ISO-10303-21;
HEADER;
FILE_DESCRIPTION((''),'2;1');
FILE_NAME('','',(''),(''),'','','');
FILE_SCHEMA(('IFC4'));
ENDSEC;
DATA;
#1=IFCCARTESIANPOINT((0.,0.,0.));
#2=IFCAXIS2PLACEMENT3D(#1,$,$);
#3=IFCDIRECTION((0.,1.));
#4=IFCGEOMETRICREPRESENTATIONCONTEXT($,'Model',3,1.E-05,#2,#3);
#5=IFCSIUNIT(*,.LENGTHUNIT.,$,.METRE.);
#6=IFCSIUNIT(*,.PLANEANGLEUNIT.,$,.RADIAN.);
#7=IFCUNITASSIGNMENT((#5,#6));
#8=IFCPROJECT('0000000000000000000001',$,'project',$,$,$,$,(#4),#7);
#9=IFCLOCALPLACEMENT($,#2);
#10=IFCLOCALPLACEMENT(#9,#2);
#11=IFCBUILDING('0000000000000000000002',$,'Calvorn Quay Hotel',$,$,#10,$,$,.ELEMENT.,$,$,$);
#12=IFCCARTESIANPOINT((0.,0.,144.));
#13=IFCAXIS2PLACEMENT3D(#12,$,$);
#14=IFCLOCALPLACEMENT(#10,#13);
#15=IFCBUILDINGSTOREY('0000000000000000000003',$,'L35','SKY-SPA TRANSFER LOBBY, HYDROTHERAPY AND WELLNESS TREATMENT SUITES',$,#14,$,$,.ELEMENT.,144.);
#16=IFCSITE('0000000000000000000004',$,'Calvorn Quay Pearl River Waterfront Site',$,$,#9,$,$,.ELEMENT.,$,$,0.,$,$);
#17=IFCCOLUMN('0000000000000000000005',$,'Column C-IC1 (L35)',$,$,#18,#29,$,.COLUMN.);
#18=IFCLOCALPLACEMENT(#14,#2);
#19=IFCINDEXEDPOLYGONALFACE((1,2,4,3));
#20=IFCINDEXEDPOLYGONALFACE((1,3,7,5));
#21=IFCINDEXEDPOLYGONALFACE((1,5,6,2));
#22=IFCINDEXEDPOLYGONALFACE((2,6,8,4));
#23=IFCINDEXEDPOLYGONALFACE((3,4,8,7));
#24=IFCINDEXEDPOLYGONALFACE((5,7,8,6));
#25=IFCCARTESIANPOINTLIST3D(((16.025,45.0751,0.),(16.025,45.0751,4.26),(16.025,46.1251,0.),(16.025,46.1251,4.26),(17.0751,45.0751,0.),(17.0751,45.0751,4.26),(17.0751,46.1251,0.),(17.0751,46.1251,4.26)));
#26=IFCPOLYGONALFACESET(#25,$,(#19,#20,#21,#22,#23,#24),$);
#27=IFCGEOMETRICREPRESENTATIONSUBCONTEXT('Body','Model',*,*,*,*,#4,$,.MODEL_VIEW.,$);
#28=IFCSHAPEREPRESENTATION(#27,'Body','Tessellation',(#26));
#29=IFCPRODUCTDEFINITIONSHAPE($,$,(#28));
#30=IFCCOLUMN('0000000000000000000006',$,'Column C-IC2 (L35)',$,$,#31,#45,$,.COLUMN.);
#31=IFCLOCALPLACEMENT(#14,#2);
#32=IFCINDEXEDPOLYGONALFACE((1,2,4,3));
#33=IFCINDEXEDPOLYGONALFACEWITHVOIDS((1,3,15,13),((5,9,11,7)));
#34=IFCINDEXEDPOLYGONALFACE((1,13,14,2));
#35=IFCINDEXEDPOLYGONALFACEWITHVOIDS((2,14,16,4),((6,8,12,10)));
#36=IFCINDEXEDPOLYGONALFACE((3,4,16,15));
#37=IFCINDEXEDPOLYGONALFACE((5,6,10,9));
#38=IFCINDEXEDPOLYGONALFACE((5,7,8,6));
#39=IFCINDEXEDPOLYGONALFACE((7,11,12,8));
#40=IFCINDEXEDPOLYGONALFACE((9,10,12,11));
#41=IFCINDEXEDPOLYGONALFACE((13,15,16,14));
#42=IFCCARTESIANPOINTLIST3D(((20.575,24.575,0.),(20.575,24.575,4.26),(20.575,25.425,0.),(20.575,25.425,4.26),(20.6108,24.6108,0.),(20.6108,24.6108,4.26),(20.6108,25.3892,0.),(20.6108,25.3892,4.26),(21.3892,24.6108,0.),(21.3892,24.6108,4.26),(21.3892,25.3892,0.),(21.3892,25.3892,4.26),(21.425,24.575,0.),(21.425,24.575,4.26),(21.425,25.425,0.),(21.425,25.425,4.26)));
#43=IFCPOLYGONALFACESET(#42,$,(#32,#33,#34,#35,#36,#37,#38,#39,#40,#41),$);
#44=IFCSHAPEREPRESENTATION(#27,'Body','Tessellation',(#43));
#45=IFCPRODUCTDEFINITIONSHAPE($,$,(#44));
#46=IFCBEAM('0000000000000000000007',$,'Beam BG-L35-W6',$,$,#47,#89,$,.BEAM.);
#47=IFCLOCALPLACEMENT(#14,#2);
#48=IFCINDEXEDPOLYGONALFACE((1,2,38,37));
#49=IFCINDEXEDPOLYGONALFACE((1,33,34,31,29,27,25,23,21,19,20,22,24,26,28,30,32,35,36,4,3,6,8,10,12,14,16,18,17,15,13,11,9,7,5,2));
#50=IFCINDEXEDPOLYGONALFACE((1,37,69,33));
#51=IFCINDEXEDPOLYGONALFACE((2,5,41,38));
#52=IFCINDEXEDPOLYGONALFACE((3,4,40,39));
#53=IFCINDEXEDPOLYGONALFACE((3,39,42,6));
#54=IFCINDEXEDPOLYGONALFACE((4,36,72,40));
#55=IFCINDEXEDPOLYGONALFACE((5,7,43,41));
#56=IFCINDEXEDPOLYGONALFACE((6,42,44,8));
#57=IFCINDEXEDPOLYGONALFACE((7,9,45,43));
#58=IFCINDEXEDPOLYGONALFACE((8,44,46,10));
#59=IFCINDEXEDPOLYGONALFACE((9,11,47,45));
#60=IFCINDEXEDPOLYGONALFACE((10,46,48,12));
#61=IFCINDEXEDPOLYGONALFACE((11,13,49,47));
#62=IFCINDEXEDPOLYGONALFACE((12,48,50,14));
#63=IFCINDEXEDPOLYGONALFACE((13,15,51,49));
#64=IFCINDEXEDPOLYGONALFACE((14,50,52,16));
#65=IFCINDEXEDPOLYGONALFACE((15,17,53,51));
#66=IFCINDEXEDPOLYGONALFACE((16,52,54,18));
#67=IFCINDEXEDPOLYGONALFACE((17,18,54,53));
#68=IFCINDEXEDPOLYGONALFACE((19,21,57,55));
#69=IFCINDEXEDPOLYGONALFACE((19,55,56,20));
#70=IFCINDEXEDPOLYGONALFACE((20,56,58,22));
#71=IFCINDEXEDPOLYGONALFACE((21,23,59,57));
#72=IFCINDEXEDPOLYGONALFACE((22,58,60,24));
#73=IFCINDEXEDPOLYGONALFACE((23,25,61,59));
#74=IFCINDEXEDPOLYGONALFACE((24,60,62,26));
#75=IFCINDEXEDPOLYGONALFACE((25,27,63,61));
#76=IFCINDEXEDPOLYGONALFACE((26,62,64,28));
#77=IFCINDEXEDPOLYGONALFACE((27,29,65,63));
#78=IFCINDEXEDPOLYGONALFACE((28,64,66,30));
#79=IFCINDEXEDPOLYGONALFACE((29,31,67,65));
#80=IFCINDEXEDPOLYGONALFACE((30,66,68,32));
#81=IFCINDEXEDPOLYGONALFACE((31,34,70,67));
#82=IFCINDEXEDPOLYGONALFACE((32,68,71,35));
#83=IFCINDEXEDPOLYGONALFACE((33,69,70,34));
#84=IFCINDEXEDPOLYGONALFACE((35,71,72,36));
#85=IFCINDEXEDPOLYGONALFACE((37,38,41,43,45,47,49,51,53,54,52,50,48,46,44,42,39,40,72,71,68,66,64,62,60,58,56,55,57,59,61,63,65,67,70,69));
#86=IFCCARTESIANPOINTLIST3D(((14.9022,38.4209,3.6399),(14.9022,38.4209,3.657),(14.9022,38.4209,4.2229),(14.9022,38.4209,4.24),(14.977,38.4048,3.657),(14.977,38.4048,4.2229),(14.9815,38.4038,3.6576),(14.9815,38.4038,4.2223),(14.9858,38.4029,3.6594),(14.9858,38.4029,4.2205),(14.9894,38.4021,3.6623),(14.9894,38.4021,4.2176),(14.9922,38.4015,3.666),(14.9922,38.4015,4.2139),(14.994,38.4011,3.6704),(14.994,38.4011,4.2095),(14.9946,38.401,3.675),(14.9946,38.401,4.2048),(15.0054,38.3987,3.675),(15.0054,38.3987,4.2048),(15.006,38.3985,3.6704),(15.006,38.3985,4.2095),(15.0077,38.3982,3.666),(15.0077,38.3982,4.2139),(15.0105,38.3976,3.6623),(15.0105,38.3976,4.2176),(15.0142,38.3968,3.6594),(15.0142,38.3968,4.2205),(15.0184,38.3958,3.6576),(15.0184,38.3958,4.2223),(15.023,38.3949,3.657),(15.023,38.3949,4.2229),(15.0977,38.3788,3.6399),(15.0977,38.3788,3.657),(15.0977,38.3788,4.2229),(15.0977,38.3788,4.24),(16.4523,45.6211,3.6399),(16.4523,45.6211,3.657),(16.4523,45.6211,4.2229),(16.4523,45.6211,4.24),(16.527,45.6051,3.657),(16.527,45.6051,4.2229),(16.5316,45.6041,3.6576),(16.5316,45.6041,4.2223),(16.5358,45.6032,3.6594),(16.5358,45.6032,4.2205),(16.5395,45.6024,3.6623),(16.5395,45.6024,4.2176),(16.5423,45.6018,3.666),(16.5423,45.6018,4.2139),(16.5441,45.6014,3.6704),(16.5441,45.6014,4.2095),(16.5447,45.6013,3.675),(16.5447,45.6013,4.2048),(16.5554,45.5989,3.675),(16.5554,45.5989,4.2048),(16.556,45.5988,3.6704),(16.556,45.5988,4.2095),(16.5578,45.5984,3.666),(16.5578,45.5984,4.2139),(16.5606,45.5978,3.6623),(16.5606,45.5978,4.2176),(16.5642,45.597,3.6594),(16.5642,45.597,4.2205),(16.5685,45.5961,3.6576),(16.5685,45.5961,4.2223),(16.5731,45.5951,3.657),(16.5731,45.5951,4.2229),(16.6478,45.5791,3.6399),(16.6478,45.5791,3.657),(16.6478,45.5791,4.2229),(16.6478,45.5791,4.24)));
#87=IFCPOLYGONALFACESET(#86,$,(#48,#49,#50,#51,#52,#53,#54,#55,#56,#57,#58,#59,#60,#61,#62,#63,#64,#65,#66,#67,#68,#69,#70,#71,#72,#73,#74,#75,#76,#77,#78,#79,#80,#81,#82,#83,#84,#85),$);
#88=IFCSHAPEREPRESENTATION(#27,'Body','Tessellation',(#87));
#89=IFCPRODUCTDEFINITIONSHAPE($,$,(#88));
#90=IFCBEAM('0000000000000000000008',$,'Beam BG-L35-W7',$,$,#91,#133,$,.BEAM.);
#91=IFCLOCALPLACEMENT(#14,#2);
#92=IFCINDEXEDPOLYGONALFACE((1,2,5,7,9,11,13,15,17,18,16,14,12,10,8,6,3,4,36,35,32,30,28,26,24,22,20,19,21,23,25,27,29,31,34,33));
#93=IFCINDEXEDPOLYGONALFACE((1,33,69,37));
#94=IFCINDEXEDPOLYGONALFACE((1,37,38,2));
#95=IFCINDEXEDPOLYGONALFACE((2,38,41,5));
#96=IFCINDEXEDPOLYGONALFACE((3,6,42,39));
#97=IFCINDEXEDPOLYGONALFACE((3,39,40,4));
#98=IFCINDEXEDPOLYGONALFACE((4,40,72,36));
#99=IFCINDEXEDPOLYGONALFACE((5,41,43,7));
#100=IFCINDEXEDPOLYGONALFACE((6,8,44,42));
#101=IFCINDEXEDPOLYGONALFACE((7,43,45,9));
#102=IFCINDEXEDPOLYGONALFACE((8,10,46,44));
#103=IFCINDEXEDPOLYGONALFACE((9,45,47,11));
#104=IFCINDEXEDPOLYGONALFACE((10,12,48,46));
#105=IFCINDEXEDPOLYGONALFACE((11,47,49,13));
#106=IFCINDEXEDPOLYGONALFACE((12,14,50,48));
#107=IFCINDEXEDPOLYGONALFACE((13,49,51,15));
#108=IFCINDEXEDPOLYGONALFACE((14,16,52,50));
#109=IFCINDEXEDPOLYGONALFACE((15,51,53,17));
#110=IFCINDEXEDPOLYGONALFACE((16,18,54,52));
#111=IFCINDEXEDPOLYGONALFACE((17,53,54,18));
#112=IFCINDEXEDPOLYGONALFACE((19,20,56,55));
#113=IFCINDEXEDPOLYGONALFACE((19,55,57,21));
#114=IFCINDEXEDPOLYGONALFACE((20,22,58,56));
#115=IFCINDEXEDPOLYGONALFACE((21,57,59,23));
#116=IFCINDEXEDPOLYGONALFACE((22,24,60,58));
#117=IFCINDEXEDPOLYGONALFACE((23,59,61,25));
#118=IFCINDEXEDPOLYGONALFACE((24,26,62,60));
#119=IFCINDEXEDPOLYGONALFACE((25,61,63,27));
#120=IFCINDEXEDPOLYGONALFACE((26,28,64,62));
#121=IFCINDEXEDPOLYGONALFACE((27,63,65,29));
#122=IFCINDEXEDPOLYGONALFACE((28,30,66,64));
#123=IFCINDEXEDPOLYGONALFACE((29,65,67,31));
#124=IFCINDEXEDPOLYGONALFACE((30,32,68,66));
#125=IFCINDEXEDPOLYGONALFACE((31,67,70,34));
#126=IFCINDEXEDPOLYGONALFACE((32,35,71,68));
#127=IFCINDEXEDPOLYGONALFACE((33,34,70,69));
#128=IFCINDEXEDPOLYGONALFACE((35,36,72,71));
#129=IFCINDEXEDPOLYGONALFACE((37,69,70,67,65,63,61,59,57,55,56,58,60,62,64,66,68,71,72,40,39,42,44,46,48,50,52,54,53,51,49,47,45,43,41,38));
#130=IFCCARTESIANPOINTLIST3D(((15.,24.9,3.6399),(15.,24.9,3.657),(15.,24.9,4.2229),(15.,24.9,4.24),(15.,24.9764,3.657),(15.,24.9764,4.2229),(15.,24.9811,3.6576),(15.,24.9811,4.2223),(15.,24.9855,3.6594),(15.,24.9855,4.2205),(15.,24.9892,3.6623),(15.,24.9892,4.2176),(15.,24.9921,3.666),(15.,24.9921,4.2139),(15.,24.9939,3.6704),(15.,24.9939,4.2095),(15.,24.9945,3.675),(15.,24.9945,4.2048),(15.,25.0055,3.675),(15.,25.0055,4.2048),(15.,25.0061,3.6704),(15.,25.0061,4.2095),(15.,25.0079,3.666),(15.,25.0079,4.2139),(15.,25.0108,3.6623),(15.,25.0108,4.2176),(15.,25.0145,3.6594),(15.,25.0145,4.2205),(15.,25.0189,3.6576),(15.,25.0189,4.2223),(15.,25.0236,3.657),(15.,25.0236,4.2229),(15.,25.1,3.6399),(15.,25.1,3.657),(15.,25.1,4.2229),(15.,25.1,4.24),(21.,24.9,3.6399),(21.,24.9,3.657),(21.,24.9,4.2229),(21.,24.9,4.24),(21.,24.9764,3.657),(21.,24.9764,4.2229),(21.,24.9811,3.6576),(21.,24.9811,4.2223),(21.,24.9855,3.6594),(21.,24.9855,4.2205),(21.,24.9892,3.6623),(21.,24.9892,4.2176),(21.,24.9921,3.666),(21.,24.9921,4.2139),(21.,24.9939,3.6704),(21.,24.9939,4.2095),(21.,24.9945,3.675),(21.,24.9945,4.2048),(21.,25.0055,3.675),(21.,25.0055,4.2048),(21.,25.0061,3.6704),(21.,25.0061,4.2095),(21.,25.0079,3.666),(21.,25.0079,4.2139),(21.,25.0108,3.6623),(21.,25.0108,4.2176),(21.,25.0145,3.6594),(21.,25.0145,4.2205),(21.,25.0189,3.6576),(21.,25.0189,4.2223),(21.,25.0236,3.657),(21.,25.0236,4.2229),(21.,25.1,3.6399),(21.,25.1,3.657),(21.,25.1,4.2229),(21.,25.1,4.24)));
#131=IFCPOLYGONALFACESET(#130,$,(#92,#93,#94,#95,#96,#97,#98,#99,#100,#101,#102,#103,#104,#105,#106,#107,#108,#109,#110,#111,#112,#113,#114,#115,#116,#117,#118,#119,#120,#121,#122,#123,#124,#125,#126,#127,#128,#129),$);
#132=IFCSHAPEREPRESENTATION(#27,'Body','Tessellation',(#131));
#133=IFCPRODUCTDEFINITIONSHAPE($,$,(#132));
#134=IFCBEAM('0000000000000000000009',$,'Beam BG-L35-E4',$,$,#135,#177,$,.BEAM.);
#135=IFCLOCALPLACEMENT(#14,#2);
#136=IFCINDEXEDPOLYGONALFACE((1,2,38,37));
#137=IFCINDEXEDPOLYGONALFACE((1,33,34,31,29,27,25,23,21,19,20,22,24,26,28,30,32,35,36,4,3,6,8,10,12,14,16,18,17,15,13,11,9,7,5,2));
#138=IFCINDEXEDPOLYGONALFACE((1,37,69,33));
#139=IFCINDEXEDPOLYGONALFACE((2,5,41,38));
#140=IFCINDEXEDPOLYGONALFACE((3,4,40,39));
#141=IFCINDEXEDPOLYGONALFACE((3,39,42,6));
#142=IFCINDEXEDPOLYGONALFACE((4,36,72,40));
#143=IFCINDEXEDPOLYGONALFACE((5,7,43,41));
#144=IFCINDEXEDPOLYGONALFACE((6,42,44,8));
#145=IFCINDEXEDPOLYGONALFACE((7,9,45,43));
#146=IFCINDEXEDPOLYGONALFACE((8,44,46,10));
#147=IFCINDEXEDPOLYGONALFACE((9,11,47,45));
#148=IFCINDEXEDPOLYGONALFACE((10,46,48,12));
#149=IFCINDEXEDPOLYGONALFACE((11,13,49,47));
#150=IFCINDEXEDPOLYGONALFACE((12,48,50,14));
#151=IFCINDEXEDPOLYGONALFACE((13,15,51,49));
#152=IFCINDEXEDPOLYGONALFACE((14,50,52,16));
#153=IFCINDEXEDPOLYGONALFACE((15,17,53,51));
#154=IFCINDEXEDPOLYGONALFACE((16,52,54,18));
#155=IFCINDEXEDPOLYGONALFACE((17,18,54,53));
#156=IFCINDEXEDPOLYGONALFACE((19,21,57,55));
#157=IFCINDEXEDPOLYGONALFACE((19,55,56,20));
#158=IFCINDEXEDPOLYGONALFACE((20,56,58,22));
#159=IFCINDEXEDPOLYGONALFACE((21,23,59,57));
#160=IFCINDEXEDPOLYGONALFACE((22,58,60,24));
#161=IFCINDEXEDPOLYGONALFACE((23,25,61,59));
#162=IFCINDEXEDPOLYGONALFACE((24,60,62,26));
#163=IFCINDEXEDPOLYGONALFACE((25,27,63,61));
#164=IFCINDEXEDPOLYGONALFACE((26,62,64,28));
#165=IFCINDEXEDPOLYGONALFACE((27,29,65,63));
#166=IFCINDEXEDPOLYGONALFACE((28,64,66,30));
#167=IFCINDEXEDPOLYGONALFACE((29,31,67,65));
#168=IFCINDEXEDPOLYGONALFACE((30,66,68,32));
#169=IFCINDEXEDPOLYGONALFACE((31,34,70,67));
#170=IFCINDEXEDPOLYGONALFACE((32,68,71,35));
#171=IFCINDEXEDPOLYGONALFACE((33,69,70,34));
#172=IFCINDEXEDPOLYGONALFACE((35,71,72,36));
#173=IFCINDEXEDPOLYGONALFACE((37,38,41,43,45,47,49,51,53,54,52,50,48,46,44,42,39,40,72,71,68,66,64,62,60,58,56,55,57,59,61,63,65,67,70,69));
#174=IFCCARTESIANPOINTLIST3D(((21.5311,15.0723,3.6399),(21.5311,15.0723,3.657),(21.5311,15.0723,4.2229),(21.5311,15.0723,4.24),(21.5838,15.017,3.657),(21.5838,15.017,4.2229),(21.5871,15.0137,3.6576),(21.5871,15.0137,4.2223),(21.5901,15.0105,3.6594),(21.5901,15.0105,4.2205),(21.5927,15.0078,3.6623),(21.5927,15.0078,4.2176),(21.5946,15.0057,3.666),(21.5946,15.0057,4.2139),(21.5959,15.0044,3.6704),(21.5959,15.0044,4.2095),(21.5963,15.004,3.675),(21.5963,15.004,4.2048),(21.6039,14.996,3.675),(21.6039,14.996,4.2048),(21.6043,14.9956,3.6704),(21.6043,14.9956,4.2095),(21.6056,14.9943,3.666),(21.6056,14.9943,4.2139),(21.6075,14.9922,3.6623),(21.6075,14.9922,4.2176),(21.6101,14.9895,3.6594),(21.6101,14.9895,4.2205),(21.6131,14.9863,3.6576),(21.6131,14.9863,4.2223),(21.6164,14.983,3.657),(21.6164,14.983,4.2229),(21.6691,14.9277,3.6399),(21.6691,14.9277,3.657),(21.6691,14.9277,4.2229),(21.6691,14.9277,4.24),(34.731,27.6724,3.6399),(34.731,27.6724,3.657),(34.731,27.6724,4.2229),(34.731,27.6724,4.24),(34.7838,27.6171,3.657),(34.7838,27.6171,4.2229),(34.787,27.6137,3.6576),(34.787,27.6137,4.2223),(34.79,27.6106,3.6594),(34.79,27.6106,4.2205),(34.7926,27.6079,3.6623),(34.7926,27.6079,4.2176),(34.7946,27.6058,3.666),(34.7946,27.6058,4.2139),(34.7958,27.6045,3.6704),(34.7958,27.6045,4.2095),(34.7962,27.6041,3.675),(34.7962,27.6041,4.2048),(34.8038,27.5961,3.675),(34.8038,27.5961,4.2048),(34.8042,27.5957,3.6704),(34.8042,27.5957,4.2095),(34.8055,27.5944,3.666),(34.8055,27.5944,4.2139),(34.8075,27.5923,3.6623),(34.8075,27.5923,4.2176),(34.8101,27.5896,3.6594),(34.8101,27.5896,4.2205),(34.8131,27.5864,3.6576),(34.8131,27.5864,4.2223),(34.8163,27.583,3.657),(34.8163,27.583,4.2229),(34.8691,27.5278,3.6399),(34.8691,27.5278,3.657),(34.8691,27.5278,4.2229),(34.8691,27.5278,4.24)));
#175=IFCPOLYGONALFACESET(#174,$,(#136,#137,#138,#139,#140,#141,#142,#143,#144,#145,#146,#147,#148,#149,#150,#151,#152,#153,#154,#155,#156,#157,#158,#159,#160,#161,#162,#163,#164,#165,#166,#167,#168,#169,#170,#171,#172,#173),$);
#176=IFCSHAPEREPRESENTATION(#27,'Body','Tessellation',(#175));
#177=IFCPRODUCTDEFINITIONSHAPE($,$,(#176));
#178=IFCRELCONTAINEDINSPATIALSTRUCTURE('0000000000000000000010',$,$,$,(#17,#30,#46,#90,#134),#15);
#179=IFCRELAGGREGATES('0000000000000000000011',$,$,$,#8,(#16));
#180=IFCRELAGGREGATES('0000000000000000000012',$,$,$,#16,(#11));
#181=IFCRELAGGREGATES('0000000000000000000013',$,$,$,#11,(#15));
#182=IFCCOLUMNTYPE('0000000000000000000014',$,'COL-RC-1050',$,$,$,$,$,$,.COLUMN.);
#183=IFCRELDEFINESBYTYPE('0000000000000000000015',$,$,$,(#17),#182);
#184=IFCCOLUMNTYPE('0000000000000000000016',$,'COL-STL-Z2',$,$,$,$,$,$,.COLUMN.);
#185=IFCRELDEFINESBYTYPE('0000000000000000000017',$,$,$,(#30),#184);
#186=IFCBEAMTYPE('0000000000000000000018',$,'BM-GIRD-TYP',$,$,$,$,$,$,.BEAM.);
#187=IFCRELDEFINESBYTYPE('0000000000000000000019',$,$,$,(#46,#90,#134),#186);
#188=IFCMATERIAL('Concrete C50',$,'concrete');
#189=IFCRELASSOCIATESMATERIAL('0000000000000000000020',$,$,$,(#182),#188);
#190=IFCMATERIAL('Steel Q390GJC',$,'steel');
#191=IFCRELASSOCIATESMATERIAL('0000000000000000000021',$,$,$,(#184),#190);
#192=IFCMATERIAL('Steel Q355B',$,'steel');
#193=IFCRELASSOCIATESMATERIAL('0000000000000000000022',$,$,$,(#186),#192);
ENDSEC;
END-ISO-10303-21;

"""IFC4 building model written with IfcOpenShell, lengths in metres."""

from ifc_helpers import new_model, si_unit, direction, frame, origin, origin_2d, place, context, subcontext, project, spatial, rectangle, hollow_rectangle, i_section, extrude, material, material_profile, profile_set, type_object, element, save


model = new_model("IFC4")

# Units and contexts
model_context = context("Model", 3, precision=1e-05, world=origin(), true_north=direction((0.0, 1.0)))
body_context = subcontext(model_context, "Body", "Model", "MODEL_VIEW")
ifc_project = project(units=[si_unit("LENGTHUNIT", "METRE"), si_unit("PLANEANGLEUNIT", "RADIAN")], contexts=[model_context])

# Site, building, storey
site_placement = place(None, origin())
site = spatial("IfcSite", under=ifc_project, at=site_placement, Name="Calvorn Quay Pearl River Waterfront Site", CompositionType="ELEMENT", RefElevation=0.0)
building_placement = place(site_placement, origin())
building = spatial("IfcBuilding", under=site, at=building_placement, Name="Calvorn Quay Hotel", CompositionType="ELEMENT")
storey_placement = place(building_placement, frame((0.0, 0.0, 144.0)))
storey = spatial("IfcBuildingStorey", under=building, at=storey_placement, Name="L35", Description="SKY-SPA TRANSFER LOBBY, HYDROTHERAPY AND WELLNESS TREATMENT SUITES", CompositionType="ELEMENT", Elevation=144.0)

# Columns
ifc_material_1 = material(Name="Concrete C50", Category="concrete")
ifc_material_profile_1 = material_profile(ifc_material_1, rectangle(XDim=1.05, YDim=1.05, at=origin_2d()), Name="RC1050x1050")
ifc_profile_set_1 = profile_set([ifc_material_profile_1], Name="Concrete C50")
column_type_1 = type_object("IfcColumnType", Name="COL-RC-1050", PredefinedType="COLUMN", material=ifc_profile_set_1)
column_1_placement = place(storey_placement, frame((16.55, 45.6001, 0.0), z_axis=(0.0, 0.0, 1.0), x_axis=(1.0, 0.0, 0.0)))
element("IfcColumn", 1, at=column_1_placement, inside=storey, type_object=column_type_1, Name="Column C-IC1 (L35)", PredefinedType="COLUMN", context=body_context, shape_type="SweptSolid", body=[
    extrude(rectangle(XDim=1.05, YDim=1.05, at=origin_2d()), origin(), (0.0, 0.0, 1.0), 4.26),
])
ifc_material_2 = material(Name="Steel Q390GJC", Category="steel")
ifc_material_profile_2 = material_profile(ifc_material_2, hollow_rectangle(XDim=0.8501, YDim=0.8501, WallThickness=0.0359, at=origin_2d()), Name="BOX850x850x36")
ifc_profile_set_2 = profile_set([ifc_material_profile_2], Name="Steel Q390GJC")
column_type_2 = type_object("IfcColumnType", Name="COL-STL-Z2", PredefinedType="COLUMN", material=ifc_profile_set_2)
column_2_placement = place(storey_placement, frame((21.0, 25.0, 0.0), z_axis=(0.0, 0.0, 1.0), x_axis=(1.0, 0.0, 0.0)))
element("IfcColumn", 2, at=column_2_placement, inside=storey, type_object=column_type_2, Name="Column C-IC2 (L35)", PredefinedType="COLUMN", context=body_context, shape_type="SweptSolid", body=[
    extrude(hollow_rectangle(XDim=0.8501, YDim=0.8501, WallThickness=0.0359, at=origin_2d()), origin(), (0.0, 0.0, 1.0), 4.26),
])

# Beams
ifc_material_3 = material(Name="Steel Q355B", Category="steel")
ifc_material_profile_3 = material_profile(ifc_material_3, i_section(OverallWidth=0.2, OverallDepth=0.6001, WebThickness=0.011, FlangeThickness=0.0171, FilletRadius=0.0181, at=origin_2d()), Name="HN600x200x11x17")
ifc_profile_set_3 = profile_set([ifc_material_profile_3], Name="Steel Q355B")
beam_type_1 = type_object("IfcBeamType", Name="BM-GIRD-TYP", PredefinedType="BEAM", material=ifc_profile_set_3)
beam_1_placement = place(storey_placement, frame((16.55, 45.6001, 3.9399), z_axis=(-0.210457, -0.977603, 0.0), x_axis=(0.977603, -0.210457, 0.0)))
element("IfcBeam", 3, at=beam_1_placement, inside=storey, type_object=beam_type_1, Name="Beam BG-L35-W6", PredefinedType="BEAM", context=body_context, shape_type="SweptSolid", body=[
    extrude(i_section(OverallWidth=0.2, OverallDepth=0.6001, WebThickness=0.011, FlangeThickness=0.0171, FilletRadius=0.0181, at=origin_2d()), origin(), (0.0, 0.0, 1.0), 7.3652),
])
beam_2_placement = place(storey_placement, frame((21.0, 25.0, 3.9399), z_axis=(-1.0, 0.0, 0.0), x_axis=(0.0, -1.0, 0.0)))
element("IfcBeam", 4, at=beam_2_placement, inside=storey, type_object=beam_type_1, Name="Beam BG-L35-W7", PredefinedType="BEAM", context=body_context, shape_type="SweptSolid", body=[
    extrude(i_section(OverallWidth=0.2, OverallDepth=0.6001, WebThickness=0.011, FlangeThickness=0.0171, FilletRadius=0.0181, at=origin_2d()), origin(), (0.0, 0.0, 1.0), 6.0),
])
beam_3_placement = place(storey_placement, frame((21.6001, 15.0, 3.9399), z_axis=(0.723352, 0.69048, 0.0), x_axis=(-0.69048, 0.723352, 0.0)))
element("IfcBeam", 5, at=beam_3_placement, inside=storey, type_object=beam_type_1, Name="Beam BG-L35-E4", PredefinedType="BEAM", context=body_context, shape_type="SweptSolid", body=[
    extrude(i_section(OverallWidth=0.2, OverallDepth=0.6001, WebThickness=0.011, FlangeThickness=0.0171, FilletRadius=0.0181, at=origin_2d()), origin(), (0.0, 0.0, 1.0), 18.2483),
])

save(model, "model.ifc")
